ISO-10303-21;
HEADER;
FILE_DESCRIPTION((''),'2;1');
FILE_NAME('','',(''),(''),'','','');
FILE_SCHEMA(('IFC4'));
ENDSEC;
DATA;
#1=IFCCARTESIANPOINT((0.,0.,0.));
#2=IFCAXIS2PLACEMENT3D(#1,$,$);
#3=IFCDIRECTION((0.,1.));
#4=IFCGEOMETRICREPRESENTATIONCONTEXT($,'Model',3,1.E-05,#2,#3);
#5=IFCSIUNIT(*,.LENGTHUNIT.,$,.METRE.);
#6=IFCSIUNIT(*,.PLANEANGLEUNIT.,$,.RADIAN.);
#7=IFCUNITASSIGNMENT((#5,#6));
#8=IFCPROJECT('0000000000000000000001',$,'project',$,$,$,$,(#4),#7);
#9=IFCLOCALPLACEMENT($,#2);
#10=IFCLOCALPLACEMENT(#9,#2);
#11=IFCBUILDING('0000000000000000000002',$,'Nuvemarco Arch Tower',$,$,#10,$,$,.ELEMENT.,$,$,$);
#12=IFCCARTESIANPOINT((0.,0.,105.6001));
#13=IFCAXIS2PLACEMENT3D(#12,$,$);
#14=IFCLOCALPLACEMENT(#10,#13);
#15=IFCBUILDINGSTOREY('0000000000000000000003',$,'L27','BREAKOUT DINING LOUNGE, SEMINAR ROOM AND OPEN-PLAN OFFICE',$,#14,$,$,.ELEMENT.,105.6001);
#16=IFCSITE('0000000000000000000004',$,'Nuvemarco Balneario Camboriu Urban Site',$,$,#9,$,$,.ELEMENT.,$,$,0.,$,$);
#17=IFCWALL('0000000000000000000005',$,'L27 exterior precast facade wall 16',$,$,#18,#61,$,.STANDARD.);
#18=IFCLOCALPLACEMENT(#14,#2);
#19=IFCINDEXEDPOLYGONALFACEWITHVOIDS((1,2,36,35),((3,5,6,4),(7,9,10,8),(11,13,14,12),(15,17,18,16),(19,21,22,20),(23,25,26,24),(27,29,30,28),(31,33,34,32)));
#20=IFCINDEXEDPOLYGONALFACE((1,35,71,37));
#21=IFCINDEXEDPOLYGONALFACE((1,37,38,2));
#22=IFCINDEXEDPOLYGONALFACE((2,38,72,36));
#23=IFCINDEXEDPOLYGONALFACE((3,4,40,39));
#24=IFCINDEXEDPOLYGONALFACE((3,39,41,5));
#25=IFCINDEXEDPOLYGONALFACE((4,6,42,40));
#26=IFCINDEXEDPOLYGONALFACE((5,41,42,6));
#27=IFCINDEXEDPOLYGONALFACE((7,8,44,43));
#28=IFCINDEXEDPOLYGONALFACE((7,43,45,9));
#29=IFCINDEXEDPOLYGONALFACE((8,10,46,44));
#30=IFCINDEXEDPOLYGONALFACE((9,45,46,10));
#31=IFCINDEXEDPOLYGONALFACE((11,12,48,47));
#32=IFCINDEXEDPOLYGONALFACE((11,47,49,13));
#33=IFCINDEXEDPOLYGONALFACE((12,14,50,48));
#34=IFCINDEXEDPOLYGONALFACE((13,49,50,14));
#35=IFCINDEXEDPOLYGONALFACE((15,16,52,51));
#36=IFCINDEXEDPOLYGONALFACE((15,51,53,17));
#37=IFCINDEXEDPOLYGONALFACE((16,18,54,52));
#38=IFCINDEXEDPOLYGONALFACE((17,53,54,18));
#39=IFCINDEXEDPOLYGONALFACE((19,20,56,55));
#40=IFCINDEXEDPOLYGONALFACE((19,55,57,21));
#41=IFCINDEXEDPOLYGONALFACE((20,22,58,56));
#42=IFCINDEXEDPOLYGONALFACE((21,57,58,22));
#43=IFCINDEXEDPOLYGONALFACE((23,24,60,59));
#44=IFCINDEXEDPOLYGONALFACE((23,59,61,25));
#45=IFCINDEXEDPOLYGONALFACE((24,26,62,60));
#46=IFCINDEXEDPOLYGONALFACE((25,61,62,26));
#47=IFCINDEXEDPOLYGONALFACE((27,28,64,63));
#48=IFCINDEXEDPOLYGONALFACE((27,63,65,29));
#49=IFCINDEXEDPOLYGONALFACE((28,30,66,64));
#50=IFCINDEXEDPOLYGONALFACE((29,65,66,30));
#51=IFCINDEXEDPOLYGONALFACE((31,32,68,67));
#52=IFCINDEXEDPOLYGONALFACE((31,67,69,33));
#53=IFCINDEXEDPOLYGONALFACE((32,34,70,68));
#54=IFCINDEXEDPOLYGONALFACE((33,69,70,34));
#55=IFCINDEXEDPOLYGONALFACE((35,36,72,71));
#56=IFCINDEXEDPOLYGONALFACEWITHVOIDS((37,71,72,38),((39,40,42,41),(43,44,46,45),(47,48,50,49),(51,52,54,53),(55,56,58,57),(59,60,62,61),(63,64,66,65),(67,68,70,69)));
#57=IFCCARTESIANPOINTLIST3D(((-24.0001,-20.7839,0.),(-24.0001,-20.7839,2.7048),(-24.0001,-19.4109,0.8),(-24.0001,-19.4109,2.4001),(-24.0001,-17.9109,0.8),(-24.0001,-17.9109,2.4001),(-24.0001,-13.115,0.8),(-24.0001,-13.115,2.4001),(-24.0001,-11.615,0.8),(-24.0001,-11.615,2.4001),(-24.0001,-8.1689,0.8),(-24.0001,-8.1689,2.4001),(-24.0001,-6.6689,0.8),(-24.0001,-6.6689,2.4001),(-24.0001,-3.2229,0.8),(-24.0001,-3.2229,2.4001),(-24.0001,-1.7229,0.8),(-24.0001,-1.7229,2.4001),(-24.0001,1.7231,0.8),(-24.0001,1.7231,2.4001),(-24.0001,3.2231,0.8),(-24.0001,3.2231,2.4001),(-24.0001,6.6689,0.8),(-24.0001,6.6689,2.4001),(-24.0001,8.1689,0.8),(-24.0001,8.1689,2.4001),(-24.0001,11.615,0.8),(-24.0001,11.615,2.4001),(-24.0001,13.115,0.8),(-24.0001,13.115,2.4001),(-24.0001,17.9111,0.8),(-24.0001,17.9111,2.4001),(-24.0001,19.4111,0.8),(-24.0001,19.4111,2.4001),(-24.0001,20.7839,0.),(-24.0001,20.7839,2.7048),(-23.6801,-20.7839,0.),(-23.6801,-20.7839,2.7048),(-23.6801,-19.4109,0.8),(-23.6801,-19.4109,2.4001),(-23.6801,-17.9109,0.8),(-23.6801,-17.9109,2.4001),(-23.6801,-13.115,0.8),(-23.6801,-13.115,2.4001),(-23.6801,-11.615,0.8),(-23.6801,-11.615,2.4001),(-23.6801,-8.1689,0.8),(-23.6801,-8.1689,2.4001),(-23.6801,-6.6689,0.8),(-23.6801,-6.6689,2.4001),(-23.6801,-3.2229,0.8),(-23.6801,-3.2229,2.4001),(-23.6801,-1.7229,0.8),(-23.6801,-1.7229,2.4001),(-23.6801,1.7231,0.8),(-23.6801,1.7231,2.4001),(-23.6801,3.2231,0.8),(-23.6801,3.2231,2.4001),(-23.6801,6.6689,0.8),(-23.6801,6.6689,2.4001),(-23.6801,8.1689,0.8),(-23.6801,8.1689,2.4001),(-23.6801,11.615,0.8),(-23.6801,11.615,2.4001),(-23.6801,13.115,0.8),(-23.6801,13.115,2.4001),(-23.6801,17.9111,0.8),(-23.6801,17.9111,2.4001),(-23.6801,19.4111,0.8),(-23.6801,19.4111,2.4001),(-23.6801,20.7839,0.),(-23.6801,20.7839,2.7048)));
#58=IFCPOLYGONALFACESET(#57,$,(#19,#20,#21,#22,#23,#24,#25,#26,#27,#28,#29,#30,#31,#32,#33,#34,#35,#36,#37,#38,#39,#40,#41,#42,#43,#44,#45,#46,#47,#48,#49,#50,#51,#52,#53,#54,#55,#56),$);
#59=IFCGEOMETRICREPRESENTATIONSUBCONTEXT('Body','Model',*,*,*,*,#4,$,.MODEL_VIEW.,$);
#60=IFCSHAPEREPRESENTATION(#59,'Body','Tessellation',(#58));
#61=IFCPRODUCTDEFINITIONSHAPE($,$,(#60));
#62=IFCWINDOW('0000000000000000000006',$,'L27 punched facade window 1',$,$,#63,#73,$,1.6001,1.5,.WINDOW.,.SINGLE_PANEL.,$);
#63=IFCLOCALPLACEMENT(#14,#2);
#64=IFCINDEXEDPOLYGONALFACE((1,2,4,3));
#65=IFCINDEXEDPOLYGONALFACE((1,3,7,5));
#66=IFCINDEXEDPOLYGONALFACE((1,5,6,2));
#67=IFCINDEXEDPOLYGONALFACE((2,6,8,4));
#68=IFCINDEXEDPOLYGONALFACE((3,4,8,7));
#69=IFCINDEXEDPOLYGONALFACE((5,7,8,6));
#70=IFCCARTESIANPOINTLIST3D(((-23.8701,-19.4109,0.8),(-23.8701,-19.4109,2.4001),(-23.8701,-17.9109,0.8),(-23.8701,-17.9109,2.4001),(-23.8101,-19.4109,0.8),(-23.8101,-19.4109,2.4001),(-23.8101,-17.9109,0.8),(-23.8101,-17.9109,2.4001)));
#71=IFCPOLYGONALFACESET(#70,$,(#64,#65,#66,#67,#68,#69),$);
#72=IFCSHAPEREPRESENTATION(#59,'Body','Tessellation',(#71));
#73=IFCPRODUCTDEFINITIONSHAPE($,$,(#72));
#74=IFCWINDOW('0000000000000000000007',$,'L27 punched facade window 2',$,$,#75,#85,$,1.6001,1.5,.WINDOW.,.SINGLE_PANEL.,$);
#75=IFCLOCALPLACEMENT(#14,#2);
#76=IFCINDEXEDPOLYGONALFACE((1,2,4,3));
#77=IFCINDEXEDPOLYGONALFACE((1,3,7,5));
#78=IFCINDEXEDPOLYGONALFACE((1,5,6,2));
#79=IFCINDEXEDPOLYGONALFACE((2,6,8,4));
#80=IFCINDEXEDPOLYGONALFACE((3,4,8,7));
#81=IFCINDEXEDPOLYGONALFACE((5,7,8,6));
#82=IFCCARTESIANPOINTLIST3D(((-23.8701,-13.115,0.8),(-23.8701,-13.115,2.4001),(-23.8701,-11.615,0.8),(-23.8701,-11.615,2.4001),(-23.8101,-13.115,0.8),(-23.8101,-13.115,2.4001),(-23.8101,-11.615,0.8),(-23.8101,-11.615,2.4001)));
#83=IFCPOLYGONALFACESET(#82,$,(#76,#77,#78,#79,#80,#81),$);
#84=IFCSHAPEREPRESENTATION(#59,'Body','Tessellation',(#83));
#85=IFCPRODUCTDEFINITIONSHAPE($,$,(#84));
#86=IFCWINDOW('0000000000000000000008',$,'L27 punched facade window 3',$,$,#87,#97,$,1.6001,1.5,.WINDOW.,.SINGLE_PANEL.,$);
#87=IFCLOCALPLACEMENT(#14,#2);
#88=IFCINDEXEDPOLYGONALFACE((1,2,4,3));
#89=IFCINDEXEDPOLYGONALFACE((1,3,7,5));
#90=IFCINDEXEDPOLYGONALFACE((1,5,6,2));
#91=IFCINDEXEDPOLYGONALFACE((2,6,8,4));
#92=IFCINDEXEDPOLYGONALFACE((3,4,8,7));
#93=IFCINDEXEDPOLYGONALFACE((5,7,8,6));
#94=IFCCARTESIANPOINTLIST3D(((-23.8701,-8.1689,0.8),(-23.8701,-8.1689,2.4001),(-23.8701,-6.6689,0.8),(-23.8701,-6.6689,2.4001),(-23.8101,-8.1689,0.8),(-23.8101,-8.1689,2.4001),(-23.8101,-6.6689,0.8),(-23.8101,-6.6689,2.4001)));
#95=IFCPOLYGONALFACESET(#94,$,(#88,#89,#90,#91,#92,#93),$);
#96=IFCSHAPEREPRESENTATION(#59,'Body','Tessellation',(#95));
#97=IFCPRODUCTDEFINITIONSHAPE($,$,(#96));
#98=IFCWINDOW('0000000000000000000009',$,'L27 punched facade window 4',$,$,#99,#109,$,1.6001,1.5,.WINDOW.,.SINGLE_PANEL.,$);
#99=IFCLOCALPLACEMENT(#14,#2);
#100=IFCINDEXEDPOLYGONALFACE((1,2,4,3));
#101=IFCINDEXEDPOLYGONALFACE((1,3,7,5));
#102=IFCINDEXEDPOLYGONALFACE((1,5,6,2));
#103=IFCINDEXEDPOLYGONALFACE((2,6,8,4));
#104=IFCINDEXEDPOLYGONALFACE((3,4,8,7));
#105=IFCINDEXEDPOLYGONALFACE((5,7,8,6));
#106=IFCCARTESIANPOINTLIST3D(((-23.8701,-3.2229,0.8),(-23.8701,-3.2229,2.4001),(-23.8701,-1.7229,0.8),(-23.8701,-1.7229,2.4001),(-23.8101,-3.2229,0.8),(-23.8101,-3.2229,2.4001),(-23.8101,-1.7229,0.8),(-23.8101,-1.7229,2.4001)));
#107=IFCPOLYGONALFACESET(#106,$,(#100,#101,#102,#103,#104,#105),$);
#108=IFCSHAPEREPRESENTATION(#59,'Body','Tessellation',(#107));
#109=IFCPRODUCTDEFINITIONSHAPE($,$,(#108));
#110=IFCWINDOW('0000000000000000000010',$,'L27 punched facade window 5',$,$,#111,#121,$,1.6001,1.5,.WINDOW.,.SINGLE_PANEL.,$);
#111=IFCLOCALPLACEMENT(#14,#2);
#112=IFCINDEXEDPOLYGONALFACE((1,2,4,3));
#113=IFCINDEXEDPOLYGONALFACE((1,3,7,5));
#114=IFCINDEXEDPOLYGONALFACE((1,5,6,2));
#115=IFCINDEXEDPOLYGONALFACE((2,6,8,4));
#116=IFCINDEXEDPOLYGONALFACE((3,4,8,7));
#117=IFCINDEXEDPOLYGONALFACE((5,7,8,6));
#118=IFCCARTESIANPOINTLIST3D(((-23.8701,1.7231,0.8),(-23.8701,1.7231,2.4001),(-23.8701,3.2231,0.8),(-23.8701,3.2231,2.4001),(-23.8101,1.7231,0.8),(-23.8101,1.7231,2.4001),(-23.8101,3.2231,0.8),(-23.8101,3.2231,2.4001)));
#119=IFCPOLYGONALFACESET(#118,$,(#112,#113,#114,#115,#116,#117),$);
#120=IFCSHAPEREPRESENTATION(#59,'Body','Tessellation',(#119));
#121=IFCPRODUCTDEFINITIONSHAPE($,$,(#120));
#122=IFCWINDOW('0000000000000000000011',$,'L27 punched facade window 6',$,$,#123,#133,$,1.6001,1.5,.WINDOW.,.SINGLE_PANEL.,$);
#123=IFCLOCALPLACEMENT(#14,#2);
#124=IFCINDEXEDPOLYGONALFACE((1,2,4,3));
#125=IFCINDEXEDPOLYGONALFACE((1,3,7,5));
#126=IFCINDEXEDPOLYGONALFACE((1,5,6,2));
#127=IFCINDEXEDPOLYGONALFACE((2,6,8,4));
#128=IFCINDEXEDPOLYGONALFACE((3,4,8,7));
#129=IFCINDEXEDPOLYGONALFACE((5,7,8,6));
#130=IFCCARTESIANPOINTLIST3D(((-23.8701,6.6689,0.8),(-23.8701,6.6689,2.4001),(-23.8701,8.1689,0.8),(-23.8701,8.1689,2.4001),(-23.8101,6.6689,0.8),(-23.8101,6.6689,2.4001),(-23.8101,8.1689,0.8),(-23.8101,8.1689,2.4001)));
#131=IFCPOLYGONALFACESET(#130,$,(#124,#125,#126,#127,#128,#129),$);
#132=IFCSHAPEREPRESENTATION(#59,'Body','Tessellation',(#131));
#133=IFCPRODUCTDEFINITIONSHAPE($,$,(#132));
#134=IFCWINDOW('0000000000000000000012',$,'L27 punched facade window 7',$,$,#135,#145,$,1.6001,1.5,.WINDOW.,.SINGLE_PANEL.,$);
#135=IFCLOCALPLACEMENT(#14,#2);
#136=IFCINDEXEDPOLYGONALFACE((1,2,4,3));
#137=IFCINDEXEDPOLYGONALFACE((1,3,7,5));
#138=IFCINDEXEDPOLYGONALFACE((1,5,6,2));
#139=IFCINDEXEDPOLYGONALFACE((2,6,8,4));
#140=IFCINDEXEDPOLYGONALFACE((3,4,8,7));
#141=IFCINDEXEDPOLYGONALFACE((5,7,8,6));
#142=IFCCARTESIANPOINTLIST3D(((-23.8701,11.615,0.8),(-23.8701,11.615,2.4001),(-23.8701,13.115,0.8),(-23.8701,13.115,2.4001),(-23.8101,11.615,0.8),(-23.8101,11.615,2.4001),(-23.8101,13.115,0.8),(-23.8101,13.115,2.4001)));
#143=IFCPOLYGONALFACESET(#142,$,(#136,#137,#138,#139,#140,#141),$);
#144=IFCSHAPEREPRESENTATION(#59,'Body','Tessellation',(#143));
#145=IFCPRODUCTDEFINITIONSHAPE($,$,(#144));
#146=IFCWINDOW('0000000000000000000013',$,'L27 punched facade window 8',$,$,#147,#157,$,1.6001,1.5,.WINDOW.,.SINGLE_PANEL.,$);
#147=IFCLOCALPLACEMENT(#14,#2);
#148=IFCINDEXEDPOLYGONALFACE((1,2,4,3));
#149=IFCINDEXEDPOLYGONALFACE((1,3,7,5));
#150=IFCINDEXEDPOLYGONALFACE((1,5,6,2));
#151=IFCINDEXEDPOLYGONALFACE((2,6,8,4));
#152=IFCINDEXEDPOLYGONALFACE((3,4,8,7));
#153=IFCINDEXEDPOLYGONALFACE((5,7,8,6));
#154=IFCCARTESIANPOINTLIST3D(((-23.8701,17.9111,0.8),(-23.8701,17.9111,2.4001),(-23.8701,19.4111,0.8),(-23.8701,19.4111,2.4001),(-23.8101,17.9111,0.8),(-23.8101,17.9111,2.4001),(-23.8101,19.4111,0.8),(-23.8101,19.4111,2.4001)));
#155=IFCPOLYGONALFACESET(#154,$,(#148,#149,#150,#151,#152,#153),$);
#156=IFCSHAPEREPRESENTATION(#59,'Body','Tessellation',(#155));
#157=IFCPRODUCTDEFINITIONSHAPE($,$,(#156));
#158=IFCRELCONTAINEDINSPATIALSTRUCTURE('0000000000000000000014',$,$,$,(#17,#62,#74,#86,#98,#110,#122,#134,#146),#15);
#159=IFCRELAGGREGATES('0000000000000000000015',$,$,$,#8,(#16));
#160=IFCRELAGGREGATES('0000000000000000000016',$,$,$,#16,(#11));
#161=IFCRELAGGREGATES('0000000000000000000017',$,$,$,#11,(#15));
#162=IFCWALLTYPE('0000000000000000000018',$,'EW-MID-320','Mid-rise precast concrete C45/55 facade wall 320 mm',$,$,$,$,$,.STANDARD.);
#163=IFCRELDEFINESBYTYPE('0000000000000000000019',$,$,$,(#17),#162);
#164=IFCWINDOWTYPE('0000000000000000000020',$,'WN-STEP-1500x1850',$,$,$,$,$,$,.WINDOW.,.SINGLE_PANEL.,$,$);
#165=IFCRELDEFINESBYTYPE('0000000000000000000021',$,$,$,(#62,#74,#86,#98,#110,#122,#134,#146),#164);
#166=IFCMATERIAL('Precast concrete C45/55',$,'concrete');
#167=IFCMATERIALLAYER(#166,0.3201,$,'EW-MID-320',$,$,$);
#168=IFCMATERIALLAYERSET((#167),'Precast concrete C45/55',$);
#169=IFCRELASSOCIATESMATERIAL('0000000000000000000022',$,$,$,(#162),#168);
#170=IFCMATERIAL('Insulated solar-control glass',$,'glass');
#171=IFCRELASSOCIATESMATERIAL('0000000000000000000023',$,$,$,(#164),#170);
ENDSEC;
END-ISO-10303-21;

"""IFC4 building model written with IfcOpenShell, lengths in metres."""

from ifc_helpers import new_model, si_unit, direction, frame, frame_2d, origin, place, context, subcontext, project, spatial, rectangle, extrude, source, transform, mapped, material, layer, layer_set, type_object, type_shapes, element, fill, save


model = new_model("IFC4")

# Units and contexts
model_context = context("Model", 3, precision=1e-05, world=origin(), true_north=direction((0.0, 1.0)))
body_context = subcontext(model_context, "Body", "Model", "MODEL_VIEW")
ifc_project = project(units=[si_unit("LENGTHUNIT", "METRE"), si_unit("PLANEANGLEUNIT", "RADIAN")], contexts=[model_context])

# Site, building, storey
site_placement = place(None, origin())
site = spatial("IfcSite", under=ifc_project, at=site_placement, Name="Nuvemarco Balneario Camboriu Urban Site", CompositionType="ELEMENT", RefElevation=0.0)
building_placement = place(site_placement, origin())
building = spatial("IfcBuilding", under=site, at=building_placement, Name="Nuvemarco Arch Tower", CompositionType="ELEMENT")
storey_placement = place(building_placement, frame((0.0, 0.0, 105.6001)))
storey = spatial("IfcBuildingStorey", under=building, at=storey_placement, Name="L27", Description="BREAKOUT DINING LOUNGE, SEMINAR ROOM AND OPEN-PLAN OFFICE", CompositionType="ELEMENT", Elevation=105.6001)

# Shared definitions
ifc_material_1 = material(Name="Precast concrete C45/55", Category="concrete")
ifc_layer_1 = layer(ifc_material_1, 0.3201, Name="EW-MID-320")
ifc_layer_set_1 = layer_set([ifc_layer_1], Name="Precast concrete C45/55")
wall_type_1 = type_object("IfcWallType", Name="EW-MID-320", Description="Mid-rise precast concrete C45/55 facade wall 320 mm", PredefinedType="STANDARD", material=ifc_layer_set_1)
ifc_material_2 = material(Name="Insulated solar-control glass", Category="glass")

# Wall, openings, windows
wall_1_placement = place(storey_placement, frame((-23.8401, -20.7839, 0.0), z_axis=(0.0, 0.0, 1.0), x_axis=(0.0, 1.0, 0.0)))
wall_1 = element("IfcWall", 1, at=wall_1_placement, inside=storey, type_object=wall_type_1, Name="L27 exterior precast facade wall 16", PredefinedType="STANDARD", context=body_context, shape_type="SweptSolid", body=[
    extrude(rectangle(XDim=41.5679, YDim=0.3201, at=frame_2d((20.7839, 0.0))), origin(), (0.0, 0.0, 1.0), 2.7048),
])
opening_1_placement = place(wall_1_placement, frame((1.373, 0.0, 0.8)))
opening_1 = element("IfcOpeningElement", 2, at=opening_1_placement, cuts=wall_1, PredefinedType="OPENING", context=body_context, shape_type="SweptSolid", body=[
    extrude(rectangle(XDim=1.5, YDim=1.6001, at=frame_2d((0.75, 0.8))), frame((0.0, 0.1699, 0.0), z_axis=(0.0, -1.0, 0.0), x_axis=(1.0, 0.0, 0.0)), (0.0, 0.0, 1.0), 0.3401),
])
opening_2_placement = place(wall_1_placement, frame((7.6689, 0.0, 0.8)))
opening_2 = element("IfcOpeningElement", 3, at=opening_2_placement, cuts=wall_1, PredefinedType="OPENING", context=body_context, shape_type="SweptSolid", body=[
    extrude(rectangle(XDim=1.5, YDim=1.6001, at=frame_2d((0.75, 0.8))), frame((0.0, 0.1699, 0.0), z_axis=(0.0, -1.0, 0.0), x_axis=(1.0, 0.0, 0.0)), (0.0, 0.0, 1.0), 0.3401),
])
opening_3_placement = place(wall_1_placement, frame((12.615, 0.0, 0.8)))
opening_3 = element("IfcOpeningElement", 4, at=opening_3_placement, cuts=wall_1, PredefinedType="OPENING", context=body_context, shape_type="SweptSolid", body=[
    extrude(rectangle(XDim=1.5, YDim=1.6001, at=frame_2d((0.75, 0.8))), frame((0.0, 0.1699, 0.0), z_axis=(0.0, -1.0, 0.0), x_axis=(1.0, 0.0, 0.0)), (0.0, 0.0, 1.0), 0.3401),
])
opening_4_placement = place(wall_1_placement, frame((17.561, 0.0, 0.8)))
opening_4 = element("IfcOpeningElement", 5, at=opening_4_placement, cuts=wall_1, PredefinedType="OPENING", context=body_context, shape_type="SweptSolid", body=[
    extrude(rectangle(XDim=1.5, YDim=1.6001, at=frame_2d((0.75, 0.8))), frame((0.0, 0.1699, 0.0), z_axis=(0.0, -1.0, 0.0), x_axis=(1.0, 0.0, 0.0)), (0.0, 0.0, 1.0), 0.3401),
])
opening_5_placement = place(wall_1_placement, frame((22.5071, 0.0, 0.8)))
opening_5 = element("IfcOpeningElement", 6, at=opening_5_placement, cuts=wall_1, PredefinedType="OPENING", context=body_context, shape_type="SweptSolid", body=[
    extrude(rectangle(XDim=1.5, YDim=1.6001, at=frame_2d((0.75, 0.8))), frame((0.0, 0.1699, 0.0), z_axis=(0.0, -1.0, 0.0), x_axis=(1.0, 0.0, 0.0)), (0.0, 0.0, 1.0), 0.3401),
])
opening_6_placement = place(wall_1_placement, frame((27.4529, 0.0, 0.8)))
opening_6 = element("IfcOpeningElement", 7, at=opening_6_placement, cuts=wall_1, PredefinedType="OPENING", context=body_context, shape_type="SweptSolid", body=[
    extrude(rectangle(XDim=1.5, YDim=1.6001, at=frame_2d((0.75, 0.8))), frame((0.0, 0.1699, 0.0), z_axis=(0.0, -1.0, 0.0), x_axis=(1.0, 0.0, 0.0)), (0.0, 0.0, 1.0), 0.3401),
])
opening_7_placement = place(wall_1_placement, frame((32.3989, 0.0, 0.8)))
opening_7 = element("IfcOpeningElement", 8, at=opening_7_placement, cuts=wall_1, PredefinedType="OPENING", context=body_context, shape_type="SweptSolid", body=[
    extrude(rectangle(XDim=1.5, YDim=1.6001, at=frame_2d((0.75, 0.8))), frame((0.0, 0.1699, 0.0), z_axis=(0.0, -1.0, 0.0), x_axis=(1.0, 0.0, 0.0)), (0.0, 0.0, 1.0), 0.3401),
])
opening_8_placement = place(wall_1_placement, frame((38.6951, 0.0, 0.8)))
opening_8 = element("IfcOpeningElement", 9, at=opening_8_placement, cuts=wall_1, PredefinedType="OPENING", context=body_context, shape_type="SweptSolid", body=[
    extrude(rectangle(XDim=1.5, YDim=1.6001, at=frame_2d((0.75, 0.8))), frame((0.0, 0.1699, 0.0), z_axis=(0.0, -1.0, 0.0), x_axis=(1.0, 0.0, 0.0)), (0.0, 0.0, 1.0), 0.3401),
])
window_type_1 = type_object("IfcWindowType", Name="WN-STEP-1500x1850", PartitioningType="SINGLE_PANEL", PredefinedType="WINDOW", material=ifc_material_2)
shared_shape_1 = source(origin(), body_context, "Body", "SweptSolid", [
    extrude(rectangle(XDim=1.5, YDim=1.6001, at=frame_2d((0.75, 0.8))), frame((0.0, 0.03, 0.0), z_axis=(0.0, -1.0, 0.0), x_axis=(1.0, 0.0, 0.0)), (0.0, 0.0, 1.0), 0.0601),
])
type_shapes(window_type_1, [shared_shape_1])
window_1_placement = place(opening_1_placement, origin())
window_1 = element("IfcWindow", 10, at=window_1_placement, inside=storey, type_object=window_type_1, Name="L27 punched facade window 1", OverallHeight=1.6001, OverallWidth=1.5, PartitioningType="SINGLE_PANEL", PredefinedType="WINDOW", context=body_context, shape_type="MappedRepresentation", body=[
    mapped(shared_shape_1, transform((0.0, 0.0, 0.0), scale=1.0)),
])
fill(opening_1, window_1)
window_2_placement = place(opening_2_placement, origin())
window_2 = element("IfcWindow", 11, at=window_2_placement, inside=storey, type_object=window_type_1, Name="L27 punched facade window 2", OverallHeight=1.6001, OverallWidth=1.5, PartitioningType="SINGLE_PANEL", PredefinedType="WINDOW", context=body_context, shape_type="MappedRepresentation", body=[
    mapped(shared_shape_1, transform((0.0, 0.0, 0.0), scale=1.0)),
])
fill(opening_2, window_2)
window_3_placement = place(opening_3_placement, origin())
window_3 = element("IfcWindow", 12, at=window_3_placement, inside=storey, type_object=window_type_1, Name="L27 punched facade window 3", OverallHeight=1.6001, OverallWidth=1.5, PartitioningType="SINGLE_PANEL", PredefinedType="WINDOW", context=body_context, shape_type="MappedRepresentation", body=[
    mapped(shared_shape_1, transform((0.0, 0.0, 0.0), scale=1.0)),
])
fill(opening_3, window_3)
window_4_placement = place(opening_4_placement, origin())
window_4 = element("IfcWindow", 13, at=window_4_placement, inside=storey, type_object=window_type_1, Name="L27 punched facade window 4", OverallHeight=1.6001, OverallWidth=1.5, PartitioningType="SINGLE_PANEL", PredefinedType="WINDOW", context=body_context, shape_type="MappedRepresentation", body=[
    mapped(shared_shape_1, transform((0.0, 0.0, 0.0), scale=1.0)),
])
fill(opening_4, window_4)
window_5_placement = place(opening_5_placement, origin())
window_5 = element("IfcWindow", 14, at=window_5_placement, inside=storey, type_object=window_type_1, Name="L27 punched facade window 5", OverallHeight=1.6001, OverallWidth=1.5, PartitioningType="SINGLE_PANEL", PredefinedType="WINDOW", context=body_context, shape_type="MappedRepresentation", body=[
    mapped(shared_shape_1, transform((0.0, 0.0, 0.0), scale=1.0)),
])
fill(opening_5, window_5)
window_6_placement = place(opening_6_placement, origin())
window_6 = element("IfcWindow", 15, at=window_6_placement, inside=storey, type_object=window_type_1, Name="L27 punched facade window 6", OverallHeight=1.6001, OverallWidth=1.5, PartitioningType="SINGLE_PANEL", PredefinedType="WINDOW", context=body_context, shape_type="MappedRepresentation", body=[
    mapped(shared_shape_1, transform((0.0, 0.0, 0.0), scale=1.0)),
])
fill(opening_6, window_6)
window_7_placement = place(opening_7_placement, origin())
window_7 = element("IfcWindow", 16, at=window_7_placement, inside=storey, type_object=window_type_1, Name="L27 punched facade window 7", OverallHeight=1.6001, OverallWidth=1.5, PartitioningType="SINGLE_PANEL", PredefinedType="WINDOW", context=body_context, shape_type="MappedRepresentation", body=[
    mapped(shared_shape_1, transform((0.0, 0.0, 0.0), scale=1.0)),
])
fill(opening_7, window_7)
window_8_placement = place(opening_8_placement, origin())
window_8 = element("IfcWindow", 17, at=window_8_placement, inside=storey, type_object=window_type_1, Name="L27 punched facade window 8", OverallHeight=1.6001, OverallWidth=1.5, PartitioningType="SINGLE_PANEL", PredefinedType="WINDOW", context=body_context, shape_type="MappedRepresentation", body=[
    mapped(shared_shape_1, transform((0.0, 0.0, 0.0), scale=1.0)),
])
fill(opening_8, window_8)

save(model, "model.ifc")
